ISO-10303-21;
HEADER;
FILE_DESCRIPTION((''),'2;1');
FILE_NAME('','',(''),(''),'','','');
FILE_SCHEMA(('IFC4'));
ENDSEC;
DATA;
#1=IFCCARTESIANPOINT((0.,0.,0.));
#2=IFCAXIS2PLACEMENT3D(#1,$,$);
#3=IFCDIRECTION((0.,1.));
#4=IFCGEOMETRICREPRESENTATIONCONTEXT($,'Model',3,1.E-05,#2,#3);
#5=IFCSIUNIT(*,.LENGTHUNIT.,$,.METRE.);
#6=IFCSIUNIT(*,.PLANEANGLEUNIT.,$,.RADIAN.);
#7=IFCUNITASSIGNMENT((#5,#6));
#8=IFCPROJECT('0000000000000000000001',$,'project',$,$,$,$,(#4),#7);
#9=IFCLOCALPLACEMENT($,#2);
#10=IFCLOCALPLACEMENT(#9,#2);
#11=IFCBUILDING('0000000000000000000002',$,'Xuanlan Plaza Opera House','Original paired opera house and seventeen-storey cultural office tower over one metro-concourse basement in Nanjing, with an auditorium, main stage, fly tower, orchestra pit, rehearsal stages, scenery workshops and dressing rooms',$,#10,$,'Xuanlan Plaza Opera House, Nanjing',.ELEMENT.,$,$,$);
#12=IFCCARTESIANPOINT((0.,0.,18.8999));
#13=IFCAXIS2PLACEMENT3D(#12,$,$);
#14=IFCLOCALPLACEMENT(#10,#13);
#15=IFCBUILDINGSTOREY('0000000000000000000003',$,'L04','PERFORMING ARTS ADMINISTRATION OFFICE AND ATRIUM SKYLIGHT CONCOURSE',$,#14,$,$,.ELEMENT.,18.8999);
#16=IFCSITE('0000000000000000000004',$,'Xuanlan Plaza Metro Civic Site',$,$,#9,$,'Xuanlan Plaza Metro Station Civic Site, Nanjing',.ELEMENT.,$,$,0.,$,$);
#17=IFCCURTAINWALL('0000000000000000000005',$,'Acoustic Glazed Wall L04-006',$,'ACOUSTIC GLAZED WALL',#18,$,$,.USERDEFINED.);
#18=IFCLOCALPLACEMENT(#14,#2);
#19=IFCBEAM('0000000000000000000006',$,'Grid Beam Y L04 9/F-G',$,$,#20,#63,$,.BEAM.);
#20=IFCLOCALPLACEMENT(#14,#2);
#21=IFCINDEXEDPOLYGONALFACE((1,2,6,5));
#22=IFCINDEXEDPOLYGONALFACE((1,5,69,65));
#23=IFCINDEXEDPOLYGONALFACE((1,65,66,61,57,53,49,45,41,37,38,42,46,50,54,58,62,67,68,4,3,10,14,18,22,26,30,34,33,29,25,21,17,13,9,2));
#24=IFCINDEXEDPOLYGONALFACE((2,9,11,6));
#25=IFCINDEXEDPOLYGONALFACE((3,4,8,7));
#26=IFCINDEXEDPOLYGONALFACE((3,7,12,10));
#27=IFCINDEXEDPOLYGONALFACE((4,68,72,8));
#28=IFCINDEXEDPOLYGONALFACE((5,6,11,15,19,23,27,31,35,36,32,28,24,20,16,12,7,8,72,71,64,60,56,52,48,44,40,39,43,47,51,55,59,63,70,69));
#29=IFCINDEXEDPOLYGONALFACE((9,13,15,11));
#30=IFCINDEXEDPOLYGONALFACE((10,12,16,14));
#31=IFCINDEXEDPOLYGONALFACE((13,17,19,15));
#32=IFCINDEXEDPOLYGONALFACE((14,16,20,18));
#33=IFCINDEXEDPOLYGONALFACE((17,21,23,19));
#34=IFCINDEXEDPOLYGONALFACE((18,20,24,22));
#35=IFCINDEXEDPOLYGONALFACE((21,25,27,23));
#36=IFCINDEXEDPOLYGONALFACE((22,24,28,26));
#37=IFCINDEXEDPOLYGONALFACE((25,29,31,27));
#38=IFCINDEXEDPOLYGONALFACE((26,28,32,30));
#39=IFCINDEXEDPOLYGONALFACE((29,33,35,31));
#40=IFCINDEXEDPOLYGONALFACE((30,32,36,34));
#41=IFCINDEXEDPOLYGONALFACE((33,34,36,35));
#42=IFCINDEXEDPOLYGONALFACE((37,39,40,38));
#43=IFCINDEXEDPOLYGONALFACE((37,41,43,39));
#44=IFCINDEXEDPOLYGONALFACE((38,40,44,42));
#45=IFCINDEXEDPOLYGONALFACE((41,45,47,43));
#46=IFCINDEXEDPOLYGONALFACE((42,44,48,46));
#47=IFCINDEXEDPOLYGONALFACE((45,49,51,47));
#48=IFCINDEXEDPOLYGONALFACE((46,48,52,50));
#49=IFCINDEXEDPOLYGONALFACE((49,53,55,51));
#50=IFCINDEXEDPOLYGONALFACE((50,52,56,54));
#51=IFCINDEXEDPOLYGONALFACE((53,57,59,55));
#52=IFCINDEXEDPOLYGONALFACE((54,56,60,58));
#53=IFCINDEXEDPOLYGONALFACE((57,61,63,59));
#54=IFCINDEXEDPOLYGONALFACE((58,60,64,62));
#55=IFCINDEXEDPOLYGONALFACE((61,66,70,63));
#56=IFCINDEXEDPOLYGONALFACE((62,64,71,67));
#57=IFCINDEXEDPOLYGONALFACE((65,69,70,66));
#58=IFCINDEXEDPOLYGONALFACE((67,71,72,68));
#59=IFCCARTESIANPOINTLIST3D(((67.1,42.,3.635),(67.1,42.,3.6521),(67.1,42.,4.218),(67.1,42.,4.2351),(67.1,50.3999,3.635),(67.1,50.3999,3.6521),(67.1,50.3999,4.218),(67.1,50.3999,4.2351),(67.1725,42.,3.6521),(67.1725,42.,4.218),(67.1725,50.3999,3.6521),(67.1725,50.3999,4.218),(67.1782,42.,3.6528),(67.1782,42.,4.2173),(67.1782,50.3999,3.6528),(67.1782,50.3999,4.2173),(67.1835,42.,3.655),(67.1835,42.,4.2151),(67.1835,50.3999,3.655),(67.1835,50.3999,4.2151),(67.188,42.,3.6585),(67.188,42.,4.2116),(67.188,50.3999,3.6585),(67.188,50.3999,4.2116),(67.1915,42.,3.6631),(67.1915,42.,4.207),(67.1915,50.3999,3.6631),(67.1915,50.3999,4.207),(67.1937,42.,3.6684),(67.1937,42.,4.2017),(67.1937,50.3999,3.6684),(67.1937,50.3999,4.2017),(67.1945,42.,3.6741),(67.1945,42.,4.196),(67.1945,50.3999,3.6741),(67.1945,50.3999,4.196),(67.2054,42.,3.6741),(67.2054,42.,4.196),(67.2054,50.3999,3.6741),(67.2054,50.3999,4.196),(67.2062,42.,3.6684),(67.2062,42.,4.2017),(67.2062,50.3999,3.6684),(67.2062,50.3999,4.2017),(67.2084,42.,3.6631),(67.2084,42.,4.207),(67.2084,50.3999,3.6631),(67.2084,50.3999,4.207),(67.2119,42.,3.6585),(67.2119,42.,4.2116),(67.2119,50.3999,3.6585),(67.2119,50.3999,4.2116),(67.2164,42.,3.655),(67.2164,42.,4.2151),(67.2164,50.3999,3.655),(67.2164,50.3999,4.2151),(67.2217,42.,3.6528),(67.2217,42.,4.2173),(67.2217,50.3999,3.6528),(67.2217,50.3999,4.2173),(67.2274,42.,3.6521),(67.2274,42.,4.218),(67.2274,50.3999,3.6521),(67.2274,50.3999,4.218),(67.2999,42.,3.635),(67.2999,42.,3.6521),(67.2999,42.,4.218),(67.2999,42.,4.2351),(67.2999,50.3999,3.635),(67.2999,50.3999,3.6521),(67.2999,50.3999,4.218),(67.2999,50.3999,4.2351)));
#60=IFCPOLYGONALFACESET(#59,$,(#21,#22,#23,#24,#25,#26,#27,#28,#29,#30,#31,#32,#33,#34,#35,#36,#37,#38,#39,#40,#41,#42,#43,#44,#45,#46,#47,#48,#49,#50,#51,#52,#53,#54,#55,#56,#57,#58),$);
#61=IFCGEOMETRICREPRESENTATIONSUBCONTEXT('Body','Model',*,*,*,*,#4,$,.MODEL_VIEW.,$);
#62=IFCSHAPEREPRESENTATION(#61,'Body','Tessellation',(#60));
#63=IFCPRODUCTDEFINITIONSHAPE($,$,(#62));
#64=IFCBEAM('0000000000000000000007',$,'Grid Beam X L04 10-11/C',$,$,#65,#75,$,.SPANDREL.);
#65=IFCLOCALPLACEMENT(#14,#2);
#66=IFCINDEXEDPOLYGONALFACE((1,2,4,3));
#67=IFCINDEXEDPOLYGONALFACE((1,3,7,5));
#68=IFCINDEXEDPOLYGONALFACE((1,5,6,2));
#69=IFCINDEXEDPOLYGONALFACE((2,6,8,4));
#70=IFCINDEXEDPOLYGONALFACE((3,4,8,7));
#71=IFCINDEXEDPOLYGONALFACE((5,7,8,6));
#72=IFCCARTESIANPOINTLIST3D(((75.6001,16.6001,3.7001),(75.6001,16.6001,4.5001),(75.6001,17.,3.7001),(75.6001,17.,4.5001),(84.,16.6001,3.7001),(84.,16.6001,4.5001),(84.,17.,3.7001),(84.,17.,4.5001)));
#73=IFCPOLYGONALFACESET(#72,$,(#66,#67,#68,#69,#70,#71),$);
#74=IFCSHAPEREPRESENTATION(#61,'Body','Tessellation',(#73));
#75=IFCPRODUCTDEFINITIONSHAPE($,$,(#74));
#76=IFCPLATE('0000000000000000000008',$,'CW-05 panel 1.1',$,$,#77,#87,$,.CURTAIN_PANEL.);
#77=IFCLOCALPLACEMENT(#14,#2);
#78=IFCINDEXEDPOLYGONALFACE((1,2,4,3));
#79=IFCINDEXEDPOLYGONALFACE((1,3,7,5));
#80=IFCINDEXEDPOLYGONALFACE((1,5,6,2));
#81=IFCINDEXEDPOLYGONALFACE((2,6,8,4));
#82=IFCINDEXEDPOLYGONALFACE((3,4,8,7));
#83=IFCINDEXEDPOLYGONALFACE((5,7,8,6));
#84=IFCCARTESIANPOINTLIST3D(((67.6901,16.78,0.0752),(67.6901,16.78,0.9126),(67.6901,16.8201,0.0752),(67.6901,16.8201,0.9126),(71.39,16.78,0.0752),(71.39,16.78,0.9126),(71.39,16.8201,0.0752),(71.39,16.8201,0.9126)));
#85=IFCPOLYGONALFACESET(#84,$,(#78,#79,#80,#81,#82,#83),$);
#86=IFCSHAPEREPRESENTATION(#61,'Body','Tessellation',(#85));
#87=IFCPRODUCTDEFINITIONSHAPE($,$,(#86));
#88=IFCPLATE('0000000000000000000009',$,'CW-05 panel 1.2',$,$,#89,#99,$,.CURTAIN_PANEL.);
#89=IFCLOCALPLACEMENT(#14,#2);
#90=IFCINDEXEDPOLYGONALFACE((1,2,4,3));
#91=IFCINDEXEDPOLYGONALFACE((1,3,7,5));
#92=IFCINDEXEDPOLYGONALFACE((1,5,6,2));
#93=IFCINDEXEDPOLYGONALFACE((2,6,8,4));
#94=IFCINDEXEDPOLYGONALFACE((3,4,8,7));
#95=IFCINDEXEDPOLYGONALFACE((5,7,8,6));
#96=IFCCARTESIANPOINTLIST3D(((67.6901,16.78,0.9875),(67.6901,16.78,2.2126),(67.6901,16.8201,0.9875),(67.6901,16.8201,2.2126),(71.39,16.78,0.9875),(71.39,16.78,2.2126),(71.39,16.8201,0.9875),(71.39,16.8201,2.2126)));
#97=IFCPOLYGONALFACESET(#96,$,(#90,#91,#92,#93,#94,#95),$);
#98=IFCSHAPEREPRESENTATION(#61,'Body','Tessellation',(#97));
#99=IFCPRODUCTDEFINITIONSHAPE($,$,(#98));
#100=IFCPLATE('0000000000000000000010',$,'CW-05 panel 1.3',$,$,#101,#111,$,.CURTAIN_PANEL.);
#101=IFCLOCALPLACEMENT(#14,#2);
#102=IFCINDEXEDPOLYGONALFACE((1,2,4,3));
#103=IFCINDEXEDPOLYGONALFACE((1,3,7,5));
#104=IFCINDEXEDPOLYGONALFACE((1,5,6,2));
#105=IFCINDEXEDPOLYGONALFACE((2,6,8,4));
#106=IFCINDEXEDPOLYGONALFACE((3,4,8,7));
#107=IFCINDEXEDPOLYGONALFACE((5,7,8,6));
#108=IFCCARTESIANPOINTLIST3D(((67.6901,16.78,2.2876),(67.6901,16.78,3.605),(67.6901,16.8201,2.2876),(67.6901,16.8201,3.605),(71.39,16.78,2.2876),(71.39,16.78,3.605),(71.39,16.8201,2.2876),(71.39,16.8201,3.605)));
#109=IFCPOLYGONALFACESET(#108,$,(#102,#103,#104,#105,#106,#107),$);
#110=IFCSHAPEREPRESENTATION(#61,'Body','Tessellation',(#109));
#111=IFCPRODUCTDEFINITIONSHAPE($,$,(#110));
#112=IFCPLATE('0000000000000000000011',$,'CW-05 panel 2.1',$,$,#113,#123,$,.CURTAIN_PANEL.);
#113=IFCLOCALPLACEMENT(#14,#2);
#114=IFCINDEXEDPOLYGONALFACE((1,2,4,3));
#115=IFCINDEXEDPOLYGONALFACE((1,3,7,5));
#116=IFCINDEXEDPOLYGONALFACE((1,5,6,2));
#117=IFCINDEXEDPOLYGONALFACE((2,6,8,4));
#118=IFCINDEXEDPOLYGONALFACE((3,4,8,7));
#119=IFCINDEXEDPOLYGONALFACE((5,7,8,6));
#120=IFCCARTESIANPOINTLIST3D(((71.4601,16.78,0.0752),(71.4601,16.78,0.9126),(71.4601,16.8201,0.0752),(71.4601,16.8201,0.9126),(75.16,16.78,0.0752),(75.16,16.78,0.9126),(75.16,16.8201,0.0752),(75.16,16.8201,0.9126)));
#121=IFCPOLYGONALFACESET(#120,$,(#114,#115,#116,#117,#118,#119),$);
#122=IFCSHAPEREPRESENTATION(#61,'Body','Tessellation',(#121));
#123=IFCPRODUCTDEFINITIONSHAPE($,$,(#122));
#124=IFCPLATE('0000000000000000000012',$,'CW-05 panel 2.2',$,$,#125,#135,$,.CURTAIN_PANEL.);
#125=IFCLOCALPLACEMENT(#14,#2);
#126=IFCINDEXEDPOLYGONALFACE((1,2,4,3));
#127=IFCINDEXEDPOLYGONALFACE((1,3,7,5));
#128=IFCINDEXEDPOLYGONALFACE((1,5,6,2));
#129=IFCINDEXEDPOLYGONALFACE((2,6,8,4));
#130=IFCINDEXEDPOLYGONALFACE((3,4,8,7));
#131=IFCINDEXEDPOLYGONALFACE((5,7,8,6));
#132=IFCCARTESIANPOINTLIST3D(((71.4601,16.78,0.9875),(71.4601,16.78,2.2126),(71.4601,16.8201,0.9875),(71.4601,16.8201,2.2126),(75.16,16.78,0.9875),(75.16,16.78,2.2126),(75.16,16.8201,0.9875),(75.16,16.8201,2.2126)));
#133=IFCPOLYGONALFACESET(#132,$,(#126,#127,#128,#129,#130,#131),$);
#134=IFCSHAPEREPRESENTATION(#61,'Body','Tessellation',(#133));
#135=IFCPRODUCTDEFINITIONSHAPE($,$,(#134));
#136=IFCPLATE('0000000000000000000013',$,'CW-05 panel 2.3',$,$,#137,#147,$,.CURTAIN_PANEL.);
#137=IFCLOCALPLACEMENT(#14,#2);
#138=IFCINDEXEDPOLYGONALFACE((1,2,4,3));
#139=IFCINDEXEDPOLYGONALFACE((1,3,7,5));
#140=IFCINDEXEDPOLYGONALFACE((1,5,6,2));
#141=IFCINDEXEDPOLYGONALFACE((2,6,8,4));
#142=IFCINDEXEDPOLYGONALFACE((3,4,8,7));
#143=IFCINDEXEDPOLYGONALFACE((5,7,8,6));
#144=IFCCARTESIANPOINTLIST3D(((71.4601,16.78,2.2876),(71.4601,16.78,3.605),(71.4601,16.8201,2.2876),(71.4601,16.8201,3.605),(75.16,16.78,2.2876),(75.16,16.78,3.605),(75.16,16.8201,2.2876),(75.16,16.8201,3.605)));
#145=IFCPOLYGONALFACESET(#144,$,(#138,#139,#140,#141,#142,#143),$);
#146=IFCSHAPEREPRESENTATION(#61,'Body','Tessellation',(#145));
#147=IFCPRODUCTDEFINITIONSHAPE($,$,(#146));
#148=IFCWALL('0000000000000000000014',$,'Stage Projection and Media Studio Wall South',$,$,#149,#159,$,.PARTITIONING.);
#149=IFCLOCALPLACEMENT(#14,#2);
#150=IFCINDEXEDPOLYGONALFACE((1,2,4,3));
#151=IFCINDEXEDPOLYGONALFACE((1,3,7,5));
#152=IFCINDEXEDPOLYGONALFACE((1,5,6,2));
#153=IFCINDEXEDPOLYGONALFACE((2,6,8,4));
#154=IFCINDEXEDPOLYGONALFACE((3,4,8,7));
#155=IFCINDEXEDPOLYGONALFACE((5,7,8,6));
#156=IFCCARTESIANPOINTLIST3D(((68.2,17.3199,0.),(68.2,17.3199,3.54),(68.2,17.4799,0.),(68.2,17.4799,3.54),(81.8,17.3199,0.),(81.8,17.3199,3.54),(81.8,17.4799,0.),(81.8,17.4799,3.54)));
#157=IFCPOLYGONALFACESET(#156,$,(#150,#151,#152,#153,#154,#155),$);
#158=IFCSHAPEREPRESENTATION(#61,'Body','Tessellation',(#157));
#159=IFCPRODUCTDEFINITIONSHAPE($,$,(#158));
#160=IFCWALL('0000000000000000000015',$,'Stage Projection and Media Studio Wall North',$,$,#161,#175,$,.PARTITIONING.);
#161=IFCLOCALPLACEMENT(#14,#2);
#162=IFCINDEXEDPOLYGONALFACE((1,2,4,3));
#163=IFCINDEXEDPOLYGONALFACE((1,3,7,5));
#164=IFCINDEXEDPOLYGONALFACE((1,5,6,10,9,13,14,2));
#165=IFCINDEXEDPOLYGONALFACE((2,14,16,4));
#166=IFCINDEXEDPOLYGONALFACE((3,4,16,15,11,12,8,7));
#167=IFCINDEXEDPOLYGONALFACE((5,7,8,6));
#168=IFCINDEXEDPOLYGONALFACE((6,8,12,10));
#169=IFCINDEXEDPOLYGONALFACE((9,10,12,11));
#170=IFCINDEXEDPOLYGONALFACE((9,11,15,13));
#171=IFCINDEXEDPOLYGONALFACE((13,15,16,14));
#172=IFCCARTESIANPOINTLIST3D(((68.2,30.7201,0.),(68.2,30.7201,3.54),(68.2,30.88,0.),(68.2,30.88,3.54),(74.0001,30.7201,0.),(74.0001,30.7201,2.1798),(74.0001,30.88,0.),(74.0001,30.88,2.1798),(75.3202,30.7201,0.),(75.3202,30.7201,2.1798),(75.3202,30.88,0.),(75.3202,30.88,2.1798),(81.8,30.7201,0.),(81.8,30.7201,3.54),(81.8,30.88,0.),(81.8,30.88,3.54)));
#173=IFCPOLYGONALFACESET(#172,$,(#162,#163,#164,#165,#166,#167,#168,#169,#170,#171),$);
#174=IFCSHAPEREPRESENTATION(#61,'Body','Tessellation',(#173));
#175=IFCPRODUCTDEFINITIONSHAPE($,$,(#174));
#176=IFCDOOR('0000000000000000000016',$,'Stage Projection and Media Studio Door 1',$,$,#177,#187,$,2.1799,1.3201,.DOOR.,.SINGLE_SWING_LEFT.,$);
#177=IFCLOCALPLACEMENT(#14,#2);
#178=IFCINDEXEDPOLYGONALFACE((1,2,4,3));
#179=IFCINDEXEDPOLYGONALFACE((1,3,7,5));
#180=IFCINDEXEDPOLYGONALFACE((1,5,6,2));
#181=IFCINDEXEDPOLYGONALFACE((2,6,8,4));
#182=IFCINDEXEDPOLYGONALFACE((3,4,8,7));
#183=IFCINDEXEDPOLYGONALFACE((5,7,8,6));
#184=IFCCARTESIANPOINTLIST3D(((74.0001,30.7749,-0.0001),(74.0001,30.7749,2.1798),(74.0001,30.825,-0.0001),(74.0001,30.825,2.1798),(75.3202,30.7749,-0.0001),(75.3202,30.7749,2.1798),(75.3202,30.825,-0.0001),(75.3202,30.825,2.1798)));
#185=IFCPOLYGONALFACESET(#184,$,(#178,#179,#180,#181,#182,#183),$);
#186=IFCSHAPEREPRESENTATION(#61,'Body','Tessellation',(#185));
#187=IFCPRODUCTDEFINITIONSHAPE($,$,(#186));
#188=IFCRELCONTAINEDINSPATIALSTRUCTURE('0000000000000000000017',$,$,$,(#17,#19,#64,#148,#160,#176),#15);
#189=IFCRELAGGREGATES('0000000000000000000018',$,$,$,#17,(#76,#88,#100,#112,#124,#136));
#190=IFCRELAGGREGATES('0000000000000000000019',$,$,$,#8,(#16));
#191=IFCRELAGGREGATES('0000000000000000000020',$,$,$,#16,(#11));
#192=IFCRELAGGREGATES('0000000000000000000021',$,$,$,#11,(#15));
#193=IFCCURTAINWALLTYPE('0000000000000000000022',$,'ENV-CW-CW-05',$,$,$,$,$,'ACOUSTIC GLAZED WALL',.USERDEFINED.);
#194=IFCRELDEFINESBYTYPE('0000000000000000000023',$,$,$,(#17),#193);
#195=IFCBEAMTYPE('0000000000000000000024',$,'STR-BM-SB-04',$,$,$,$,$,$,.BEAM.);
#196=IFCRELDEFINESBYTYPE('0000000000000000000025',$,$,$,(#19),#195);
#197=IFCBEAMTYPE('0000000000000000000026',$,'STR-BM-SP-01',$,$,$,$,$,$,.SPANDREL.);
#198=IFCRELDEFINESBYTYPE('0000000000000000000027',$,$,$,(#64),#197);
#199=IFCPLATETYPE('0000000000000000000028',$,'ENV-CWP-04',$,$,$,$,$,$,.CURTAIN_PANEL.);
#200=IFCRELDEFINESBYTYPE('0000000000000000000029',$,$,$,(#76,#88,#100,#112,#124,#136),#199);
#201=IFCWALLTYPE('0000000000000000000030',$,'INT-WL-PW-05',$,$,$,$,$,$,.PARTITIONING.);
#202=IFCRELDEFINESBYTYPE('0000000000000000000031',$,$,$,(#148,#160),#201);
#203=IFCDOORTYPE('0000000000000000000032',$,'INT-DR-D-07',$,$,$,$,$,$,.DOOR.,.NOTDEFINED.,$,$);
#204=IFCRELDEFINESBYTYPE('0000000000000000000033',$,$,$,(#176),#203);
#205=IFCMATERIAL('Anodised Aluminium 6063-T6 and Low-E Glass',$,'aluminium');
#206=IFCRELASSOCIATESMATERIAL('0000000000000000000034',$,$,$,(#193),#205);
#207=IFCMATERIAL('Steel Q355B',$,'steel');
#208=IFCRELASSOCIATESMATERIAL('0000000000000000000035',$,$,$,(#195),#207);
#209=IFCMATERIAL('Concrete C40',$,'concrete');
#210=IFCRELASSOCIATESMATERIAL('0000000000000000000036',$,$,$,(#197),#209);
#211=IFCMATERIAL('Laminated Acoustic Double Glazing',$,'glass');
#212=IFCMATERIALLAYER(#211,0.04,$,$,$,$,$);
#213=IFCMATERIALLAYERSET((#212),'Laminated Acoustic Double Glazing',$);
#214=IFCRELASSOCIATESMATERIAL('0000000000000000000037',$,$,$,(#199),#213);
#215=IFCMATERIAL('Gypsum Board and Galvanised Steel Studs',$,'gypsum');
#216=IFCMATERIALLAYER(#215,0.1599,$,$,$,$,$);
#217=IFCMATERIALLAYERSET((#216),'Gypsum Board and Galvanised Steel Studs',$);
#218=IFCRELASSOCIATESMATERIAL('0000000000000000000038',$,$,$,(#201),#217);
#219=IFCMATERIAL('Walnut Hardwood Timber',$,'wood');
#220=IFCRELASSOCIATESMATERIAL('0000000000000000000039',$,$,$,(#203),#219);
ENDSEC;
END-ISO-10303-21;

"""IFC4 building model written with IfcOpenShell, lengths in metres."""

from ifc_helpers import new_model, si_unit, direction, frame, frame_2d, origin, origin_2d, place, context, subcontext, project, spatial, rectangle, i_section, extrude, material, layer, layer_set, material_profile, profile_set, type_object, element, fill, aggregate, save


model = new_model("IFC4")

# Units and contexts
model_context = context("Model", 3, precision=1e-05, world=origin(), true_north=direction((0.0, 1.0)))
body_context = subcontext(model_context, "Body", "Model", "MODEL_VIEW")
ifc_project = project(units=[si_unit("LENGTHUNIT", "METRE"), si_unit("PLANEANGLEUNIT", "RADIAN")], contexts=[model_context])

# Site, building, storey
site_placement = place(None, origin())
site = spatial("IfcSite", under=ifc_project, at=site_placement, Name="Xuanlan Plaza Metro Civic Site", LongName="Xuanlan Plaza Metro Station Civic Site, Nanjing", CompositionType="ELEMENT", RefElevation=0.0)
building_placement = place(site_placement, origin())
building = spatial("IfcBuilding", under=site, at=building_placement, Name="Xuanlan Plaza Opera House", Description="Original paired opera house and seventeen-storey cultural office tower over one metro-concourse basement in Nanjing, with an auditorium, main stage, fly tower, orchestra pit, rehearsal stages, scenery workshops and dressing rooms", LongName="Xuanlan Plaza Opera House, Nanjing", CompositionType="ELEMENT")
storey_placement = place(building_placement, frame((0.0, 0.0, 18.8999)))
storey = spatial("IfcBuildingStorey", under=building, at=storey_placement, Name="L04", Description="PERFORMING ARTS ADMINISTRATION OFFICE AND ATRIUM SKYLIGHT CONCOURSE", CompositionType="ELEMENT", Elevation=18.8999)

# Shared definitions
ifc_material_1 = material(Name="Concrete C40", Category="concrete")

# Curtain wall
ifc_material_2 = material(Name="Anodised Aluminium 6063-T6 and Low-E Glass", Category="aluminium")
curtain_wall_type = type_object("IfcCurtainWallType", Name="ENV-CW-CW-05", ElementType="ACOUSTIC GLAZED WALL", PredefinedType="USERDEFINED", material=ifc_material_2)
curtain_wall_placement = place(storey_placement, origin())
curtain_wall = element("IfcCurtainWall", 1, at=curtain_wall_placement, inside=storey, type_object=curtain_wall_type, Name="Acoustic Glazed Wall L04-006", ObjectType="ACOUSTIC GLAZED WALL", PredefinedType="USERDEFINED")

# Beams
ifc_material_3 = material(Name="Steel Q355B", Category="steel")
ifc_material_profile_1 = material_profile(ifc_material_3, i_section(OverallWidth=0.2, OverallDepth=0.6001, WebThickness=0.011, FlangeThickness=0.0171, FilletRadius=0.022, at=origin_2d()), Name="HN 600x200x11x17")
ifc_profile_set_1 = profile_set([ifc_material_profile_1], Name="Steel Q355B")
beam_type_1 = type_object("IfcBeamType", Name="STR-BM-SB-04", PredefinedType="BEAM", material=ifc_profile_set_1)
beam_1_placement = place(storey_placement, frame((67.2, 42.0, 3.9351), z_axis=(0.0, 1.0, 0.0), x_axis=(-1.0, 0.0, 0.0)))
element("IfcBeam", 2, at=beam_1_placement, inside=storey, type_object=beam_type_1, Name="Grid Beam Y L04 9/F-G", PredefinedType="BEAM", context=body_context, shape_type="SweptSolid", body=[
    extrude(i_section(OverallWidth=0.2, OverallDepth=0.6001, WebThickness=0.011, FlangeThickness=0.0171, FilletRadius=0.022, at=origin_2d()), origin(), (0.0, 0.0, 1.0), 8.3999),
])
ifc_material_profile_2 = material_profile(ifc_material_1, rectangle(XDim=0.3999, YDim=0.8, at=origin_2d()), Name="RC-SPD 400x800")
ifc_profile_set_2 = profile_set([ifc_material_profile_2], Name="Concrete C40")
beam_type_2 = type_object("IfcBeamType", Name="STR-BM-SP-01", PredefinedType="SPANDREL", material=ifc_profile_set_2)
beam_2_placement = place(storey_placement, frame((75.6001, 16.8, 4.1001), z_axis=(1.0, 0.0, 0.0), x_axis=(0.0, 1.0, 0.0)))
element("IfcBeam", 3, at=beam_2_placement, inside=storey, type_object=beam_type_2, Name="Grid Beam X L04 10-11/C", PredefinedType="SPANDREL", context=body_context, shape_type="SweptSolid", body=[
    extrude(rectangle(XDim=0.3999, YDim=0.8, at=origin_2d()), origin(), (0.0, 0.0, 1.0), 8.3999),
])

# Plates
ifc_material_4 = material(Name="Laminated Acoustic Double Glazing", Category="glass")
ifc_layer_1 = layer(ifc_material_4, 0.04)
ifc_layer_set_1 = layer_set([ifc_layer_1], Name="Laminated Acoustic Double Glazing")
plate_type = type_object("IfcPlateType", Name="ENV-CWP-04", PredefinedType="CURTAIN_PANEL", material=ifc_layer_set_1)
plate_1_placement = place(storey_placement, frame((69.54, 16.8, 0.0752), z_axis=(0.0, 0.0, 1.0), x_axis=(1.0, 0.0, 0.0)))
plate_1 = element("IfcPlate", 4, at=plate_1_placement, type_object=plate_type, Name="CW-05 panel 1.1", PredefinedType="CURTAIN_PANEL", context=body_context, shape_type="SweptSolid", body=[
    extrude(rectangle(XDim=3.7, YDim=0.04, at=origin_2d()), origin(), (0.0, 0.0, 1.0), 0.8374),
])
plate_2_placement = place(storey_placement, frame((69.54, 16.8, 0.9875), z_axis=(0.0, 0.0, 1.0), x_axis=(1.0, 0.0, 0.0)))
plate_2 = element("IfcPlate", 5, at=plate_2_placement, type_object=plate_type, Name="CW-05 panel 1.2", PredefinedType="CURTAIN_PANEL", context=body_context, shape_type="SweptSolid", body=[
    extrude(rectangle(XDim=3.7, YDim=0.04, at=origin_2d()), origin(), (0.0, 0.0, 1.0), 1.2251),
])
plate_3_placement = place(storey_placement, frame((69.54, 16.8, 2.2876), z_axis=(0.0, 0.0, 1.0), x_axis=(1.0, 0.0, 0.0)))
plate_3 = element("IfcPlate", 6, at=plate_3_placement, type_object=plate_type, Name="CW-05 panel 1.3", PredefinedType="CURTAIN_PANEL", context=body_context, shape_type="SweptSolid", body=[
    extrude(rectangle(XDim=3.7, YDim=0.04, at=origin_2d()), origin(), (0.0, 0.0, 1.0), 1.3174),
])
plate_4_placement = place(storey_placement, frame((73.3101, 16.8, 0.0752), z_axis=(0.0, 0.0, 1.0), x_axis=(1.0, 0.0, 0.0)))
plate_4 = element("IfcPlate", 7, at=plate_4_placement, type_object=plate_type, Name="CW-05 panel 2.1", PredefinedType="CURTAIN_PANEL", context=body_context, shape_type="SweptSolid", body=[
    extrude(rectangle(XDim=3.7, YDim=0.04, at=origin_2d()), origin(), (0.0, 0.0, 1.0), 0.8374),
])
plate_5_placement = place(storey_placement, frame((73.3101, 16.8, 0.9875), z_axis=(0.0, 0.0, 1.0), x_axis=(1.0, 0.0, 0.0)))
plate_5 = element("IfcPlate", 8, at=plate_5_placement, type_object=plate_type, Name="CW-05 panel 2.2", PredefinedType="CURTAIN_PANEL", context=body_context, shape_type="SweptSolid", body=[
    extrude(rectangle(XDim=3.7, YDim=0.04, at=origin_2d()), origin(), (0.0, 0.0, 1.0), 1.2251),
])
plate_6_placement = place(storey_placement, frame((73.3101, 16.8, 2.2876), z_axis=(0.0, 0.0, 1.0), x_axis=(1.0, 0.0, 0.0)))
plate_6 = element("IfcPlate", 9, at=plate_6_placement, type_object=plate_type, Name="CW-05 panel 2.3", PredefinedType="CURTAIN_PANEL", context=body_context, shape_type="SweptSolid", body=[
    extrude(rectangle(XDim=3.7, YDim=0.04, at=origin_2d()), origin(), (0.0, 0.0, 1.0), 1.3174),
])
aggregate(curtain_wall, [plate_1, plate_2, plate_3, plate_4, plate_5, plate_6])

# Wall
ifc_material_5 = material(Name="Gypsum Board and Galvanised Steel Studs", Category="gypsum")
ifc_layer_2 = layer(ifc_material_5, 0.1599)
ifc_layer_set_2 = layer_set([ifc_layer_2], Name="Gypsum Board and Galvanised Steel Studs")
wall_type = type_object("IfcWallType", Name="INT-WL-PW-05", PredefinedType="PARTITIONING", material=ifc_layer_set_2)
wall_1_placement = place(storey_placement, frame((68.2, 17.3999, 0.0), z_axis=(0.0, 0.0, 1.0), x_axis=(1.0, 0.0, 0.0)))
element("IfcWall", 10, at=wall_1_placement, inside=storey, type_object=wall_type, Name="Stage Projection and Media Studio Wall South", PredefinedType="PARTITIONING", context=body_context, shape_type="SweptSolid", body=[
    extrude(rectangle(XDim=13.6001, YDim=0.1599, at=frame_2d((6.8, 0.0))), origin(), (0.0, 0.0, 1.0), 3.54),
])

# Wall, opening, door
wall_2_placement = place(storey_placement, frame((68.2, 30.8, 0.0), z_axis=(0.0, 0.0, 1.0), x_axis=(1.0, 0.0, 0.0)))
wall_2 = element("IfcWall", 11, at=wall_2_placement, inside=storey, type_object=wall_type, Name="Stage Projection and Media Studio Wall North", PredefinedType="PARTITIONING", context=body_context, shape_type="SweptSolid", body=[
    extrude(rectangle(XDim=13.6001, YDim=0.1599, at=frame_2d((6.8, 0.0))), origin(), (0.0, 0.0, 1.0), 3.54),
])
opening_placement = place(wall_2_placement, frame((5.8, 0.0, 0.0)))
opening = element("IfcOpeningElement", 12, at=opening_placement, cuts=wall_2, PredefinedType="OPENING", context=body_context, shape_type="SweptSolid", body=[
    extrude(rectangle(XDim=1.3201, YDim=2.1799, at=frame_2d((0.6602, 1.0898))), frame((0.0, 0.0898, 0.0), z_axis=(0.0, -1.0, 0.0), x_axis=(1.0, 0.0, 0.0)), (0.0, 0.0, 1.0), 0.1799),
])
ifc_material_6 = material(Name="Walnut Hardwood Timber", Category="wood")
door_type = type_object("IfcDoorType", Name="INT-DR-D-07", OperationType="NOTDEFINED", PredefinedType="DOOR", material=ifc_material_6)
door_placement = place(opening_placement, origin())
door = element("IfcDoor", 13, at=door_placement, inside=storey, type_object=door_type, Name="Stage Projection and Media Studio Door 1", OperationType="SINGLE_SWING_LEFT", OverallHeight=2.1799, OverallWidth=1.3201, PredefinedType="DOOR", context=body_context, shape_type="SweptSolid", body=[
    extrude(rectangle(XDim=1.3201, YDim=2.1799, at=frame_2d((0.6602, 1.0898))), frame((0.0, 0.0249, 0.0), z_axis=(0.0, -1.0, 0.0), x_axis=(1.0, 0.0, 0.0)), (0.0, 0.0, 1.0), 0.05),
])
fill(opening, door)

save(model, "model.ifc")
